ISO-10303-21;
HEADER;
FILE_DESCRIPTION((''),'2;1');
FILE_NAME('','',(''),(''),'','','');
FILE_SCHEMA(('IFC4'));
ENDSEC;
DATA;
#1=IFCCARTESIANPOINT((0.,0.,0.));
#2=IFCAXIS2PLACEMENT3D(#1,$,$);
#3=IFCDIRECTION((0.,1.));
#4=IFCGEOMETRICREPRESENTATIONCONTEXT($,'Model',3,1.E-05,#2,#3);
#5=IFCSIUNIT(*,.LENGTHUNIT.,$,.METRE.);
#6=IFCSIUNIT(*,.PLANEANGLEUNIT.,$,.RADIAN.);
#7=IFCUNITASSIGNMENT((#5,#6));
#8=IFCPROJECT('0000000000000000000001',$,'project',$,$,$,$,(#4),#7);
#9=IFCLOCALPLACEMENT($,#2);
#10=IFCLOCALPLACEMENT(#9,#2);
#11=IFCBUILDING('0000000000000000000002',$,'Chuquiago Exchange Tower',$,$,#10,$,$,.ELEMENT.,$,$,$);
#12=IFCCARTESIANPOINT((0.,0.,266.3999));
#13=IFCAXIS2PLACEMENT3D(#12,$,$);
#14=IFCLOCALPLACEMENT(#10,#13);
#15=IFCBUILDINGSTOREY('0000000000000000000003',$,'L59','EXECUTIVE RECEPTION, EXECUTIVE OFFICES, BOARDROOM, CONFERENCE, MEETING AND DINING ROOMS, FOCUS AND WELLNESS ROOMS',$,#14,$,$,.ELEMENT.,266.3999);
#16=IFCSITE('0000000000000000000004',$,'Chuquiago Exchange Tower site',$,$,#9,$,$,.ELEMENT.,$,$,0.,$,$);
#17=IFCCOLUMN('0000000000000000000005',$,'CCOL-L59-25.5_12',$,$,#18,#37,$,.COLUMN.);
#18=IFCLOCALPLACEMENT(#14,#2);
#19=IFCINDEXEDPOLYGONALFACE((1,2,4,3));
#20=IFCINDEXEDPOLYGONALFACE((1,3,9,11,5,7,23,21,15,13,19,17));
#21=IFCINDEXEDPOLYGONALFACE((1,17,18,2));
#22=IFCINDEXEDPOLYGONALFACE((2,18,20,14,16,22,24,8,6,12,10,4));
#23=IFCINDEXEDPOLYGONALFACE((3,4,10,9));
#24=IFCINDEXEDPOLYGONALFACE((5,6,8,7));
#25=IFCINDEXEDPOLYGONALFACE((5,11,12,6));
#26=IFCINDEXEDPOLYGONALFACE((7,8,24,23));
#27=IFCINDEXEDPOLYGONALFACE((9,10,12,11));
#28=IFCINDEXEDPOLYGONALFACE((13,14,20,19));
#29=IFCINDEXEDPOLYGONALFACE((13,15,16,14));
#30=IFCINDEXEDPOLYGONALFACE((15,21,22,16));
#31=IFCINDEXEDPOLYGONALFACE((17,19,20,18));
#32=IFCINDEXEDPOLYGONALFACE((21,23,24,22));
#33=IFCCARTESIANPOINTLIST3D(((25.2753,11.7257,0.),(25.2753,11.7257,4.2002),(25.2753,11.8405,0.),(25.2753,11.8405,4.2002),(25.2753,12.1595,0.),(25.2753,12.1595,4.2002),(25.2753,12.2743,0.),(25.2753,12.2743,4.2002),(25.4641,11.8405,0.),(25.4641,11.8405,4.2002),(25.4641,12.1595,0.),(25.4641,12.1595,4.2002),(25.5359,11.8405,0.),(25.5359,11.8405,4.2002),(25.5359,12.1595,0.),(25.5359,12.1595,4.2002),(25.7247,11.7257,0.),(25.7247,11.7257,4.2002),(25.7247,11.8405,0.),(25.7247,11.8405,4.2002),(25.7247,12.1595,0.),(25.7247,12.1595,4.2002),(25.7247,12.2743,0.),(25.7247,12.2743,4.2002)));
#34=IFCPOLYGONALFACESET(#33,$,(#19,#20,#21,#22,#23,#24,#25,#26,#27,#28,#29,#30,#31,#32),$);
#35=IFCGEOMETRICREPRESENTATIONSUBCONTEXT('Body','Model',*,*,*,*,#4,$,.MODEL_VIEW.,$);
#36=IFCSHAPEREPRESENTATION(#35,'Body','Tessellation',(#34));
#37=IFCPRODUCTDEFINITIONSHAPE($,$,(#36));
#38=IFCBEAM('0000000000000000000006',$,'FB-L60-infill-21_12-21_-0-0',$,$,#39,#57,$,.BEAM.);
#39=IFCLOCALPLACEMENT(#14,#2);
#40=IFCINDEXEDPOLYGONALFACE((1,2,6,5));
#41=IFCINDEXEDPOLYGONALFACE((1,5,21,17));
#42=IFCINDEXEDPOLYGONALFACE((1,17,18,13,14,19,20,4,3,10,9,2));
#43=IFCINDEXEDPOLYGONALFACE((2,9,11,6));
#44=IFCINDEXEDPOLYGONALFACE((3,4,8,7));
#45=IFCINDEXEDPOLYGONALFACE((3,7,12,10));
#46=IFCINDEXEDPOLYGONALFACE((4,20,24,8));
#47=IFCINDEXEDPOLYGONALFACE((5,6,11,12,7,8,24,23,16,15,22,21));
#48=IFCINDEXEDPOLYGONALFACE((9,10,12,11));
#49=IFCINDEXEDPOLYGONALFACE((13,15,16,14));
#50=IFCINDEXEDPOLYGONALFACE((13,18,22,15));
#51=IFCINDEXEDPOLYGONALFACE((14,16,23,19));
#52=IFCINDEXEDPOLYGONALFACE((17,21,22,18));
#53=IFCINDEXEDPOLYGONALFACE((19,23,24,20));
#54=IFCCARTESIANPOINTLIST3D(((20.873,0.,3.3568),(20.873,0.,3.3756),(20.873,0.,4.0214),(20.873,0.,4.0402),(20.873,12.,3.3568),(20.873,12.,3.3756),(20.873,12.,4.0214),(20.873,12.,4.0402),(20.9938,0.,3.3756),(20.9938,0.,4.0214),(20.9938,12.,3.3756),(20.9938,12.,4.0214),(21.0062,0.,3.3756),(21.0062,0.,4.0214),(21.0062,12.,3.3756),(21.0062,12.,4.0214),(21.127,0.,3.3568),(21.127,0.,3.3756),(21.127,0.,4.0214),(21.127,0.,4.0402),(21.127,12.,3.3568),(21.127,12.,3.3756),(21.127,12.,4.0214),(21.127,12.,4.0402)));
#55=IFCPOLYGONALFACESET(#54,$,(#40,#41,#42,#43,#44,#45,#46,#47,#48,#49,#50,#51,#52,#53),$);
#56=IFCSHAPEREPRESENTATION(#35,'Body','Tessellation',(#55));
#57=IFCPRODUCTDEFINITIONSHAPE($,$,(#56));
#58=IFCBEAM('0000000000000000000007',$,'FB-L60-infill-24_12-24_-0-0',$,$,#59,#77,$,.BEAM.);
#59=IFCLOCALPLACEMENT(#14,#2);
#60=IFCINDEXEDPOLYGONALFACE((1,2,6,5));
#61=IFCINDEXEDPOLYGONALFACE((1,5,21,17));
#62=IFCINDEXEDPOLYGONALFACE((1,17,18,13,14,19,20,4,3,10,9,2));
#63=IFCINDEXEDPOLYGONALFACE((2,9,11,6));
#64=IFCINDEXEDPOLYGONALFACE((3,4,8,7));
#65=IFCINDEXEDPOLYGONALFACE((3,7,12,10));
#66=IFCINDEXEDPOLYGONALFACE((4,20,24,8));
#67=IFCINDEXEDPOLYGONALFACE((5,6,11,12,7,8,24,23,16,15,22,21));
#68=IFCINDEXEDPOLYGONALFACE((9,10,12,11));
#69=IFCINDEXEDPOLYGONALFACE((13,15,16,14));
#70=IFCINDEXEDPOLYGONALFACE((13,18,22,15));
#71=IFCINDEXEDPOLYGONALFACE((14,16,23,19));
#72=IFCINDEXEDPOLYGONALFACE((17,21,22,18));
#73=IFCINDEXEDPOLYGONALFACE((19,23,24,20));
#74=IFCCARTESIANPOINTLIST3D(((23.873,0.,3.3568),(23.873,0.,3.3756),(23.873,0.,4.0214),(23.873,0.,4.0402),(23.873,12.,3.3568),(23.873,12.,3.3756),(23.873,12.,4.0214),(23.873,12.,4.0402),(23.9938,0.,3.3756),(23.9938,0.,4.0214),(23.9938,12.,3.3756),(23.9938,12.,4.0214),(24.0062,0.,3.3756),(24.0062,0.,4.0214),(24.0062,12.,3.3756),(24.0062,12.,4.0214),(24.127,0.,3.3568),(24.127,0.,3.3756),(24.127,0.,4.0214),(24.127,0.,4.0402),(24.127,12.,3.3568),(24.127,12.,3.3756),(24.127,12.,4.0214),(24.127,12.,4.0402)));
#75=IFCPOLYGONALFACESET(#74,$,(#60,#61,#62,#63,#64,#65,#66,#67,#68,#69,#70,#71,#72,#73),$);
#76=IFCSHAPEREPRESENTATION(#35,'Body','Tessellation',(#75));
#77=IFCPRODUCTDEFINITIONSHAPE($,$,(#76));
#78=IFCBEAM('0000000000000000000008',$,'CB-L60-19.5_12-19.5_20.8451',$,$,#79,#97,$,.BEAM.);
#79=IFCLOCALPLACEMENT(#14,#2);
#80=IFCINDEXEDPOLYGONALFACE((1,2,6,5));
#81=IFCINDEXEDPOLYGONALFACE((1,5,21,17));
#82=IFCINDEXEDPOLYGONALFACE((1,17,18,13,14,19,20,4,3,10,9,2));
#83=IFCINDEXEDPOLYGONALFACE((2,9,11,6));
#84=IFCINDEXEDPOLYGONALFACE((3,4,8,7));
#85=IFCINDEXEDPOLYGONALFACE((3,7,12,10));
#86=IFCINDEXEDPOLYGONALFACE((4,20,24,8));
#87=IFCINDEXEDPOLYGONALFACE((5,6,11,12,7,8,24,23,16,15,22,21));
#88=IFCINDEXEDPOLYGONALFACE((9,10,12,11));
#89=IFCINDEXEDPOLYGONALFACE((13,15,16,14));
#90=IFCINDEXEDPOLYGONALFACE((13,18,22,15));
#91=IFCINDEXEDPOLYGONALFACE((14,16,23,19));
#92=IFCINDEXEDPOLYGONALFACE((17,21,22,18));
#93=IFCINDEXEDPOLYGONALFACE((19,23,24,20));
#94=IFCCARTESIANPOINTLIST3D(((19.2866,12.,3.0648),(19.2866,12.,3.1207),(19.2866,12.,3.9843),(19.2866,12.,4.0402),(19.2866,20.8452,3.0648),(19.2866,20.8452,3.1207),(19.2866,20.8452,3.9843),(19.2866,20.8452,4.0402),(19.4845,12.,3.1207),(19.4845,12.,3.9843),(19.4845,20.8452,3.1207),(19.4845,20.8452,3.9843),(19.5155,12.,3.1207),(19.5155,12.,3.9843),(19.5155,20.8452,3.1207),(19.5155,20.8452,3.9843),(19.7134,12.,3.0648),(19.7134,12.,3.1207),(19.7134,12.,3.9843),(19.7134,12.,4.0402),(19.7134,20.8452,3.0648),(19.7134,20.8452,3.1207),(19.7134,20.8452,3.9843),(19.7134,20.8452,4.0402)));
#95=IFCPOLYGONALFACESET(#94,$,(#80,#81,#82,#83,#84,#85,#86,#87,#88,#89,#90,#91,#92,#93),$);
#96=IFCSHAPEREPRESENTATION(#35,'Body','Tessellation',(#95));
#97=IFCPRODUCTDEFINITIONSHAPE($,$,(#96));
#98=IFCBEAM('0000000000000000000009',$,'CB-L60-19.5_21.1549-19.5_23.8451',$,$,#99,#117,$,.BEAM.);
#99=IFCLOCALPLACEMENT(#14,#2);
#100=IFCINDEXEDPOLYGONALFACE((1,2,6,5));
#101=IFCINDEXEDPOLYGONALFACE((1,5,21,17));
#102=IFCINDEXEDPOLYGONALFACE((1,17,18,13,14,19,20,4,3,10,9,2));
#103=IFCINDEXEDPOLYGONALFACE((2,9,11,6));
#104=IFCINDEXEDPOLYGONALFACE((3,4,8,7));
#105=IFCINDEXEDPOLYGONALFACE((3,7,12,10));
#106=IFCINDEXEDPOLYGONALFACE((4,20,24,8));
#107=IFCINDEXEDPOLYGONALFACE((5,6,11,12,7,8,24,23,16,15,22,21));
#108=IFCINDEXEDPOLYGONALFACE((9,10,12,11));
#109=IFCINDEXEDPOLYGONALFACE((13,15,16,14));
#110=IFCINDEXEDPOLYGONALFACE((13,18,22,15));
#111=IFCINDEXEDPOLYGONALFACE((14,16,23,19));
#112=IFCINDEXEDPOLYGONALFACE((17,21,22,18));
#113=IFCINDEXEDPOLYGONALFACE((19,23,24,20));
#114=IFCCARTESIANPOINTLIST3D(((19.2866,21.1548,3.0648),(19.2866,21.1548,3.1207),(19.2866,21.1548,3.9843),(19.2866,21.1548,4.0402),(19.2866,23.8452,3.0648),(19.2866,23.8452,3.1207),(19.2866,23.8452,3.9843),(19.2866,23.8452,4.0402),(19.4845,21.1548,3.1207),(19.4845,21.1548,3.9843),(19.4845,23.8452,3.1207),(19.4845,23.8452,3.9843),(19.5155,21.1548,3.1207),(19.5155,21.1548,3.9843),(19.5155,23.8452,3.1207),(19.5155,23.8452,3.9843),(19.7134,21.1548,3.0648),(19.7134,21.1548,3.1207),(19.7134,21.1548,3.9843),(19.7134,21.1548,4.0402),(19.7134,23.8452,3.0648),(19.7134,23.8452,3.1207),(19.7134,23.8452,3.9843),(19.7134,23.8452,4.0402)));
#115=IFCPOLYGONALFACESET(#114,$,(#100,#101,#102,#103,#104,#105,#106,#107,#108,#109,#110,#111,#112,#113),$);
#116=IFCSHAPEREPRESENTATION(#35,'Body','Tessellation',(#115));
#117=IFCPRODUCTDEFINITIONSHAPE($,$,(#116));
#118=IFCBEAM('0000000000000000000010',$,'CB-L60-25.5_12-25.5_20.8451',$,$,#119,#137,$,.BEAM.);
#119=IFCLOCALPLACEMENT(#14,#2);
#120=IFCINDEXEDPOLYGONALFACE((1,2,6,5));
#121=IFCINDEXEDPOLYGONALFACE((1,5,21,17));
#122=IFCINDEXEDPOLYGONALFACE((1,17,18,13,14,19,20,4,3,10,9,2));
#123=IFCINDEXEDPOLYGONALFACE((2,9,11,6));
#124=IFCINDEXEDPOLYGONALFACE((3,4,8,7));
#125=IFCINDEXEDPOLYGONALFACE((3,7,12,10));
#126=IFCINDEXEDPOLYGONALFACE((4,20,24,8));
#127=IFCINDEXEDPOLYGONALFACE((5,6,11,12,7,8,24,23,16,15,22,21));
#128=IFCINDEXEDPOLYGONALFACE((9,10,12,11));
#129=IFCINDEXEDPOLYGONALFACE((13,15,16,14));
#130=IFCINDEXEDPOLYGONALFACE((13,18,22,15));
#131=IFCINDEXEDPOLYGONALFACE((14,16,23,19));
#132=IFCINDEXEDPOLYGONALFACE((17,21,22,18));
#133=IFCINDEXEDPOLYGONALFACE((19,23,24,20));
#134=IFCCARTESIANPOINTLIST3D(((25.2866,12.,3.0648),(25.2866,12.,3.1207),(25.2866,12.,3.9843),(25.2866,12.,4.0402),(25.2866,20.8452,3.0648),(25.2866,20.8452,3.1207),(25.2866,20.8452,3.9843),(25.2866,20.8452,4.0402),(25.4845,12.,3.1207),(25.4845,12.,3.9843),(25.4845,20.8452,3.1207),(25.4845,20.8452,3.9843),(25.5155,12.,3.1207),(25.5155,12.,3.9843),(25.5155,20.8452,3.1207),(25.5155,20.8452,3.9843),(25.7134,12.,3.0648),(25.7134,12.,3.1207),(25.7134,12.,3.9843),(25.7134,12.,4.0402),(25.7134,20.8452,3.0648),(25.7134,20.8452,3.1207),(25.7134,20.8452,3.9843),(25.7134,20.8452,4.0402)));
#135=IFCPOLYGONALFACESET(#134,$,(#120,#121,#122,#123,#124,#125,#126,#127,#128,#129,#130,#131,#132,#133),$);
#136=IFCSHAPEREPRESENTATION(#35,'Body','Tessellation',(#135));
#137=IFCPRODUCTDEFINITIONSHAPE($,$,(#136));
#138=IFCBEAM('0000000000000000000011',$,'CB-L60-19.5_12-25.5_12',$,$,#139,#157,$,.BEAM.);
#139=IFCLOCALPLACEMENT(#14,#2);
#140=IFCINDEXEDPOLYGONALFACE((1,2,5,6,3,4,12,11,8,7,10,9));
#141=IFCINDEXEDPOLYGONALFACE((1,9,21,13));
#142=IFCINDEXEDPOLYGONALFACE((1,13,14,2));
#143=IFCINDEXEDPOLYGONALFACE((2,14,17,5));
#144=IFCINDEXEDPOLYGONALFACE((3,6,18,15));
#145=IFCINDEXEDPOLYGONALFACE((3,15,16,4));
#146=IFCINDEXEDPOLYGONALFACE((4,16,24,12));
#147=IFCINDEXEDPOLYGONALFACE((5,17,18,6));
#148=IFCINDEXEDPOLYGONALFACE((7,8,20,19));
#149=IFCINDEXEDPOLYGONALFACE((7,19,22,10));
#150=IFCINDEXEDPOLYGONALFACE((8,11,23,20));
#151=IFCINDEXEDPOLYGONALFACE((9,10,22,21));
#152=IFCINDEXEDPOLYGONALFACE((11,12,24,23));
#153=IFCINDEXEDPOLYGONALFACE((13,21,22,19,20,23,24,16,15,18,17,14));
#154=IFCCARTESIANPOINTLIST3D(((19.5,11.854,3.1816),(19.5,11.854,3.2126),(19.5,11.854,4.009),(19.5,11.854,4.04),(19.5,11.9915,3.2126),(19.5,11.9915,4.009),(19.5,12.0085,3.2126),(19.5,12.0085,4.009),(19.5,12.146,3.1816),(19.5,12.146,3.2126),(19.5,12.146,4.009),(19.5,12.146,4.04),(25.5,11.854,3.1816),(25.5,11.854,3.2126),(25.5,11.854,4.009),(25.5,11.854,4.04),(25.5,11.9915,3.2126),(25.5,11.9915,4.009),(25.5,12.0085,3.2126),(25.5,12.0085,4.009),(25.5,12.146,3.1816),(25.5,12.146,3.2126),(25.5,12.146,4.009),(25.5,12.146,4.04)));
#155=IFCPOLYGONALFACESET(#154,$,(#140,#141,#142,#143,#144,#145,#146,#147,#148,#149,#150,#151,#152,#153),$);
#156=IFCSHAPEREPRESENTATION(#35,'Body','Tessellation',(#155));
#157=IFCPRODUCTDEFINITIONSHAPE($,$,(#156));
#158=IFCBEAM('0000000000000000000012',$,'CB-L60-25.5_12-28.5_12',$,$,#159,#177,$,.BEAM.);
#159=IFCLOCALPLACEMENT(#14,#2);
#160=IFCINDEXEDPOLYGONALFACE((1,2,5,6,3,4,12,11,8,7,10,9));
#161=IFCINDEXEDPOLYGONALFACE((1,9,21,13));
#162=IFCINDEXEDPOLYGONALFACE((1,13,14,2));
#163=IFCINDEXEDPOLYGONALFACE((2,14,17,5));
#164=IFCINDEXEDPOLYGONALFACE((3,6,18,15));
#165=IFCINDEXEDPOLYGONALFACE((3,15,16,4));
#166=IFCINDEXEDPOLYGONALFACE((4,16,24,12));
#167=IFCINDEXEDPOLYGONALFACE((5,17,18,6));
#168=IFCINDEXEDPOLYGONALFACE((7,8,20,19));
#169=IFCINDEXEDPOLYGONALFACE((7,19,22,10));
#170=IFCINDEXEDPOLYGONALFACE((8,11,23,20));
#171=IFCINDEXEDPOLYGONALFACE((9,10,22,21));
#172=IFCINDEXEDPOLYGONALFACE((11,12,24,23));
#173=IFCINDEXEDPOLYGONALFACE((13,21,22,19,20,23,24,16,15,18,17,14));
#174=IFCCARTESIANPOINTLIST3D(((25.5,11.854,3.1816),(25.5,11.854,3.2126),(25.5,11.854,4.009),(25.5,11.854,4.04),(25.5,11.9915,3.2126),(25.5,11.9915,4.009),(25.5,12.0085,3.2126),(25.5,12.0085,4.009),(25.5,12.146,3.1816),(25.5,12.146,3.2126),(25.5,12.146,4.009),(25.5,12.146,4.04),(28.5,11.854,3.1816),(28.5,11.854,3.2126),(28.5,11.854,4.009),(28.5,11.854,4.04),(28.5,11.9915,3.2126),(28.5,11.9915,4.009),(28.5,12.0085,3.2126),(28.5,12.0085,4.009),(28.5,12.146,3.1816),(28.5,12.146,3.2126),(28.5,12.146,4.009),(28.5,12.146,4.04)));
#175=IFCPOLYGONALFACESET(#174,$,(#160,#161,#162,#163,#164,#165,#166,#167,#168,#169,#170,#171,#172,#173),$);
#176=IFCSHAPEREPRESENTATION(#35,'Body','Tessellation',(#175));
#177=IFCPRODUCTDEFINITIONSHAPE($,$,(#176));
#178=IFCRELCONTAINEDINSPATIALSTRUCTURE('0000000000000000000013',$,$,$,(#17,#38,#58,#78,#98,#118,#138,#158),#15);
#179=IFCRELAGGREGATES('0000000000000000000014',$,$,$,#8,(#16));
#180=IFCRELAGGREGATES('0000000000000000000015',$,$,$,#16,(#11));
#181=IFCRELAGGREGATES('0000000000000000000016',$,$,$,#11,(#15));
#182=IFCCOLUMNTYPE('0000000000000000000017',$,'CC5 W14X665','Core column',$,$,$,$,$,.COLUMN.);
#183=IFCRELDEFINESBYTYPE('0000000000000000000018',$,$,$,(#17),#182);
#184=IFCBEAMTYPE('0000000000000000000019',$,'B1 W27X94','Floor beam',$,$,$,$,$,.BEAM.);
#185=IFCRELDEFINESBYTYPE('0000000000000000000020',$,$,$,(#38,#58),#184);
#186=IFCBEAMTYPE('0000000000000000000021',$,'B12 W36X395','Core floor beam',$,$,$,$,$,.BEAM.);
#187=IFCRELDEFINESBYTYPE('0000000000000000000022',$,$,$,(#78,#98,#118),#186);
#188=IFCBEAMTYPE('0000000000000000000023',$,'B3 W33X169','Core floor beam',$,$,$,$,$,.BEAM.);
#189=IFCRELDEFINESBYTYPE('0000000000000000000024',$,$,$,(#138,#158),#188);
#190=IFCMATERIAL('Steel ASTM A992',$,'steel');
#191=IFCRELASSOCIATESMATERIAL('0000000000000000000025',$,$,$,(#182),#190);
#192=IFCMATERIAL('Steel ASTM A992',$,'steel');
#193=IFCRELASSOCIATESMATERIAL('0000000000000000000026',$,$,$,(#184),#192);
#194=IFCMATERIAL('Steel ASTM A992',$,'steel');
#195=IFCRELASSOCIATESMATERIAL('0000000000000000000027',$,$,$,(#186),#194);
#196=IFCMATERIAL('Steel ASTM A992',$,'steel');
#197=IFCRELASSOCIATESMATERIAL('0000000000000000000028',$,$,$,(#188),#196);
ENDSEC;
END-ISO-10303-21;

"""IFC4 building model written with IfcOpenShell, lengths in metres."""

from ifc_helpers import new_model, si_unit, direction, frame, origin, origin_2d, place, context, subcontext, project, spatial, i_section, extrude, material, material_profile, profile_set, type_object, element, save


model = new_model("IFC4")

# Units and contexts
model_context = context("Model", 3, precision=1e-05, world=origin(), true_north=direction((0.0, 1.0)))
body_context = subcontext(model_context, "Body", "Model", "MODEL_VIEW")
ifc_project = project(units=[si_unit("LENGTHUNIT", "METRE"), si_unit("PLANEANGLEUNIT", "RADIAN")], contexts=[model_context])

# Site, building, storey
site_placement = place(None, origin())
site = spatial("IfcSite", under=ifc_project, at=site_placement, Name="Chuquiago Exchange Tower site", CompositionType="ELEMENT", RefElevation=0.0)
building_placement = place(site_placement, origin())
building = spatial("IfcBuilding", under=site, at=building_placement, Name="Chuquiago Exchange Tower", CompositionType="ELEMENT")
storey_placement = place(building_placement, frame((0.0, 0.0, 266.3999)))
storey = spatial("IfcBuildingStorey", under=building, at=storey_placement, Name="L59", Description="EXECUTIVE RECEPTION, EXECUTIVE OFFICES, BOARDROOM, CONFERENCE, MEETING AND DINING ROOMS, FOCUS AND WELLNESS ROOMS", CompositionType="ELEMENT", Elevation=266.3999)

# Column
ifc_material_1 = material(Name="Steel ASTM A992", Category="steel")
ifc_material_profile_1 = material_profile(ifc_material_1, i_section(OverallWidth=0.4495, OverallDepth=0.5486, WebThickness=0.0718, FlangeThickness=0.1147, at=origin_2d()), Name="W14X665")
ifc_profile_set_1 = profile_set([ifc_material_profile_1], Name="Steel ASTM A992")
column_type = type_object("IfcColumnType", Name="CC5 W14X665", Description="Core column", PredefinedType="COLUMN", material=ifc_profile_set_1)
column_placement = place(storey_placement, frame((25.5, 12.0, 0.0), z_axis=(0.0, 0.0, 1.0), x_axis=(1.0, 0.0, 0.0)))
element("IfcColumn", 1, at=column_placement, inside=storey, type_object=column_type, Name="CCOL-L59-25.5_12", PredefinedType="COLUMN", context=body_context, shape_type="SweptSolid", body=[
    extrude(i_section(OverallWidth=0.4495, OverallDepth=0.5486, WebThickness=0.0718, FlangeThickness=0.1147, at=origin_2d()), origin(), (0.0, 0.0, 1.0), 4.2002),
])

# Beams
ifc_material_2 = material(Name="Steel ASTM A992", Category="steel")
ifc_material_profile_2 = material_profile(ifc_material_2, i_section(OverallWidth=0.2539, OverallDepth=0.6833, WebThickness=0.0125, FlangeThickness=0.0188, at=origin_2d()), Name="W27X94")
ifc_profile_set_2 = profile_set([ifc_material_profile_2], Name="Steel ASTM A992")
beam_type_1 = type_object("IfcBeamType", Name="B1 W27X94", Description="Floor beam", PredefinedType="BEAM", material=ifc_profile_set_2)
for number, where, z_axis, x_axis, name in (
    (2, (21.0, 12.0, 3.6985), (0.0, -1.0, 0.0), (1.0, 0.0, 0.0), "FB-L60-infill-21_12-21_-0-0"),
    (3, (24.0, 12.0, 3.6985), (0.0, -1.0, 0.0), (1.0, 0.0, 0.0), "FB-L60-infill-24_12-24_-0-0"),
):
    element("IfcBeam", number, at=place(storey_placement, frame(where, z_axis=z_axis, x_axis=x_axis)), inside=storey, type_object=beam_type_1, Name=name, PredefinedType="BEAM", context=body_context, shape_type="SweptSolid", body=[
        extrude(i_section(OverallWidth=0.2539, OverallDepth=0.6833, WebThickness=0.0125, FlangeThickness=0.0188, at=origin_2d()), origin(), (0.0, 0.0, 1.0), 12.0),
    ])
ifc_material_3 = material(Name="Steel ASTM A992", Category="steel")
ifc_material_profile_3 = material_profile(ifc_material_3, i_section(OverallWidth=0.4268, OverallDepth=0.9753, WebThickness=0.031, FlangeThickness=0.0559, at=origin_2d()), Name="W36X395")
ifc_profile_set_3 = profile_set([ifc_material_profile_3], Name="Steel ASTM A992")
beam_type_2 = type_object("IfcBeamType", Name="B12 W36X395", Description="Core floor beam", PredefinedType="BEAM", material=ifc_profile_set_3)
beam_1_placement = place(storey_placement, frame((19.5, 12.0, 3.5525), z_axis=(0.0, 1.0, 0.0), x_axis=(-1.0, 0.0, 0.0)))
element("IfcBeam", 4, at=beam_1_placement, inside=storey, type_object=beam_type_2, Name="CB-L60-19.5_12-19.5_20.8451", PredefinedType="BEAM", context=body_context, shape_type="SweptSolid", body=[
    extrude(i_section(OverallWidth=0.4268, OverallDepth=0.9753, WebThickness=0.031, FlangeThickness=0.0559, at=origin_2d()), origin(), (0.0, 0.0, 1.0), 8.8452),
])
beam_2_placement = place(storey_placement, frame((19.5, 21.1548, 3.5525), z_axis=(0.0, 1.0, 0.0), x_axis=(-1.0, 0.0, 0.0)))
element("IfcBeam", 5, at=beam_2_placement, inside=storey, type_object=beam_type_2, Name="CB-L60-19.5_21.1549-19.5_23.8451", PredefinedType="BEAM", context=body_context, shape_type="SweptSolid", body=[
    extrude(i_section(OverallWidth=0.4268, OverallDepth=0.9753, WebThickness=0.031, FlangeThickness=0.0559, at=origin_2d()), origin(), (0.0, 0.0, 1.0), 2.6904),
])
beam_3_placement = place(storey_placement, frame((25.5, 12.0, 3.5525), z_axis=(0.0, 1.0, 0.0), x_axis=(-1.0, 0.0, 0.0)))
element("IfcBeam", 6, at=beam_3_placement, inside=storey, type_object=beam_type_2, Name="CB-L60-25.5_12-25.5_20.8451", PredefinedType="BEAM", context=body_context, shape_type="SweptSolid", body=[
    extrude(i_section(OverallWidth=0.4268, OverallDepth=0.9753, WebThickness=0.031, FlangeThickness=0.0559, at=origin_2d()), origin(), (0.0, 0.0, 1.0), 8.8452),
])
ifc_material_4 = material(Name="Steel ASTM A992", Category="steel")
ifc_material_profile_4 = material_profile(ifc_material_4, i_section(OverallWidth=0.292, OverallDepth=0.8584, WebThickness=0.0171, FlangeThickness=0.031, at=origin_2d()), Name="W33X169")
ifc_profile_set_4 = profile_set([ifc_material_profile_4], Name="Steel ASTM A992")
beam_type_3 = type_object("IfcBeamType", Name="B3 W33X169", Description="Core floor beam", PredefinedType="BEAM", material=ifc_profile_set_4)
beam_4_placement = place(storey_placement, frame((19.5, 12.0, 3.6108), z_axis=(1.0, 0.0, 0.0), x_axis=(0.0, 1.0, 0.0)))
element("IfcBeam", 7, at=beam_4_placement, inside=storey, type_object=beam_type_3, Name="CB-L60-19.5_12-25.5_12", PredefinedType="BEAM", context=body_context, shape_type="SweptSolid", body=[
    extrude(i_section(OverallWidth=0.292, OverallDepth=0.8584, WebThickness=0.0171, FlangeThickness=0.031, at=origin_2d()), origin(), (0.0, 0.0, 1.0), 6.0),
])
beam_5_placement = place(storey_placement, frame((25.5, 12.0, 3.6108), z_axis=(1.0, 0.0, 0.0), x_axis=(0.0, 1.0, 0.0)))
element("IfcBeam", 8, at=beam_5_placement, inside=storey, type_object=beam_type_3, Name="CB-L60-25.5_12-28.5_12", PredefinedType="BEAM", context=body_context, shape_type="SweptSolid", body=[
    extrude(i_section(OverallWidth=0.292, OverallDepth=0.8584, WebThickness=0.0171, FlangeThickness=0.031, at=origin_2d()), origin(), (0.0, 0.0, 1.0), 3.0),
])

save(model, "model.ifc")
